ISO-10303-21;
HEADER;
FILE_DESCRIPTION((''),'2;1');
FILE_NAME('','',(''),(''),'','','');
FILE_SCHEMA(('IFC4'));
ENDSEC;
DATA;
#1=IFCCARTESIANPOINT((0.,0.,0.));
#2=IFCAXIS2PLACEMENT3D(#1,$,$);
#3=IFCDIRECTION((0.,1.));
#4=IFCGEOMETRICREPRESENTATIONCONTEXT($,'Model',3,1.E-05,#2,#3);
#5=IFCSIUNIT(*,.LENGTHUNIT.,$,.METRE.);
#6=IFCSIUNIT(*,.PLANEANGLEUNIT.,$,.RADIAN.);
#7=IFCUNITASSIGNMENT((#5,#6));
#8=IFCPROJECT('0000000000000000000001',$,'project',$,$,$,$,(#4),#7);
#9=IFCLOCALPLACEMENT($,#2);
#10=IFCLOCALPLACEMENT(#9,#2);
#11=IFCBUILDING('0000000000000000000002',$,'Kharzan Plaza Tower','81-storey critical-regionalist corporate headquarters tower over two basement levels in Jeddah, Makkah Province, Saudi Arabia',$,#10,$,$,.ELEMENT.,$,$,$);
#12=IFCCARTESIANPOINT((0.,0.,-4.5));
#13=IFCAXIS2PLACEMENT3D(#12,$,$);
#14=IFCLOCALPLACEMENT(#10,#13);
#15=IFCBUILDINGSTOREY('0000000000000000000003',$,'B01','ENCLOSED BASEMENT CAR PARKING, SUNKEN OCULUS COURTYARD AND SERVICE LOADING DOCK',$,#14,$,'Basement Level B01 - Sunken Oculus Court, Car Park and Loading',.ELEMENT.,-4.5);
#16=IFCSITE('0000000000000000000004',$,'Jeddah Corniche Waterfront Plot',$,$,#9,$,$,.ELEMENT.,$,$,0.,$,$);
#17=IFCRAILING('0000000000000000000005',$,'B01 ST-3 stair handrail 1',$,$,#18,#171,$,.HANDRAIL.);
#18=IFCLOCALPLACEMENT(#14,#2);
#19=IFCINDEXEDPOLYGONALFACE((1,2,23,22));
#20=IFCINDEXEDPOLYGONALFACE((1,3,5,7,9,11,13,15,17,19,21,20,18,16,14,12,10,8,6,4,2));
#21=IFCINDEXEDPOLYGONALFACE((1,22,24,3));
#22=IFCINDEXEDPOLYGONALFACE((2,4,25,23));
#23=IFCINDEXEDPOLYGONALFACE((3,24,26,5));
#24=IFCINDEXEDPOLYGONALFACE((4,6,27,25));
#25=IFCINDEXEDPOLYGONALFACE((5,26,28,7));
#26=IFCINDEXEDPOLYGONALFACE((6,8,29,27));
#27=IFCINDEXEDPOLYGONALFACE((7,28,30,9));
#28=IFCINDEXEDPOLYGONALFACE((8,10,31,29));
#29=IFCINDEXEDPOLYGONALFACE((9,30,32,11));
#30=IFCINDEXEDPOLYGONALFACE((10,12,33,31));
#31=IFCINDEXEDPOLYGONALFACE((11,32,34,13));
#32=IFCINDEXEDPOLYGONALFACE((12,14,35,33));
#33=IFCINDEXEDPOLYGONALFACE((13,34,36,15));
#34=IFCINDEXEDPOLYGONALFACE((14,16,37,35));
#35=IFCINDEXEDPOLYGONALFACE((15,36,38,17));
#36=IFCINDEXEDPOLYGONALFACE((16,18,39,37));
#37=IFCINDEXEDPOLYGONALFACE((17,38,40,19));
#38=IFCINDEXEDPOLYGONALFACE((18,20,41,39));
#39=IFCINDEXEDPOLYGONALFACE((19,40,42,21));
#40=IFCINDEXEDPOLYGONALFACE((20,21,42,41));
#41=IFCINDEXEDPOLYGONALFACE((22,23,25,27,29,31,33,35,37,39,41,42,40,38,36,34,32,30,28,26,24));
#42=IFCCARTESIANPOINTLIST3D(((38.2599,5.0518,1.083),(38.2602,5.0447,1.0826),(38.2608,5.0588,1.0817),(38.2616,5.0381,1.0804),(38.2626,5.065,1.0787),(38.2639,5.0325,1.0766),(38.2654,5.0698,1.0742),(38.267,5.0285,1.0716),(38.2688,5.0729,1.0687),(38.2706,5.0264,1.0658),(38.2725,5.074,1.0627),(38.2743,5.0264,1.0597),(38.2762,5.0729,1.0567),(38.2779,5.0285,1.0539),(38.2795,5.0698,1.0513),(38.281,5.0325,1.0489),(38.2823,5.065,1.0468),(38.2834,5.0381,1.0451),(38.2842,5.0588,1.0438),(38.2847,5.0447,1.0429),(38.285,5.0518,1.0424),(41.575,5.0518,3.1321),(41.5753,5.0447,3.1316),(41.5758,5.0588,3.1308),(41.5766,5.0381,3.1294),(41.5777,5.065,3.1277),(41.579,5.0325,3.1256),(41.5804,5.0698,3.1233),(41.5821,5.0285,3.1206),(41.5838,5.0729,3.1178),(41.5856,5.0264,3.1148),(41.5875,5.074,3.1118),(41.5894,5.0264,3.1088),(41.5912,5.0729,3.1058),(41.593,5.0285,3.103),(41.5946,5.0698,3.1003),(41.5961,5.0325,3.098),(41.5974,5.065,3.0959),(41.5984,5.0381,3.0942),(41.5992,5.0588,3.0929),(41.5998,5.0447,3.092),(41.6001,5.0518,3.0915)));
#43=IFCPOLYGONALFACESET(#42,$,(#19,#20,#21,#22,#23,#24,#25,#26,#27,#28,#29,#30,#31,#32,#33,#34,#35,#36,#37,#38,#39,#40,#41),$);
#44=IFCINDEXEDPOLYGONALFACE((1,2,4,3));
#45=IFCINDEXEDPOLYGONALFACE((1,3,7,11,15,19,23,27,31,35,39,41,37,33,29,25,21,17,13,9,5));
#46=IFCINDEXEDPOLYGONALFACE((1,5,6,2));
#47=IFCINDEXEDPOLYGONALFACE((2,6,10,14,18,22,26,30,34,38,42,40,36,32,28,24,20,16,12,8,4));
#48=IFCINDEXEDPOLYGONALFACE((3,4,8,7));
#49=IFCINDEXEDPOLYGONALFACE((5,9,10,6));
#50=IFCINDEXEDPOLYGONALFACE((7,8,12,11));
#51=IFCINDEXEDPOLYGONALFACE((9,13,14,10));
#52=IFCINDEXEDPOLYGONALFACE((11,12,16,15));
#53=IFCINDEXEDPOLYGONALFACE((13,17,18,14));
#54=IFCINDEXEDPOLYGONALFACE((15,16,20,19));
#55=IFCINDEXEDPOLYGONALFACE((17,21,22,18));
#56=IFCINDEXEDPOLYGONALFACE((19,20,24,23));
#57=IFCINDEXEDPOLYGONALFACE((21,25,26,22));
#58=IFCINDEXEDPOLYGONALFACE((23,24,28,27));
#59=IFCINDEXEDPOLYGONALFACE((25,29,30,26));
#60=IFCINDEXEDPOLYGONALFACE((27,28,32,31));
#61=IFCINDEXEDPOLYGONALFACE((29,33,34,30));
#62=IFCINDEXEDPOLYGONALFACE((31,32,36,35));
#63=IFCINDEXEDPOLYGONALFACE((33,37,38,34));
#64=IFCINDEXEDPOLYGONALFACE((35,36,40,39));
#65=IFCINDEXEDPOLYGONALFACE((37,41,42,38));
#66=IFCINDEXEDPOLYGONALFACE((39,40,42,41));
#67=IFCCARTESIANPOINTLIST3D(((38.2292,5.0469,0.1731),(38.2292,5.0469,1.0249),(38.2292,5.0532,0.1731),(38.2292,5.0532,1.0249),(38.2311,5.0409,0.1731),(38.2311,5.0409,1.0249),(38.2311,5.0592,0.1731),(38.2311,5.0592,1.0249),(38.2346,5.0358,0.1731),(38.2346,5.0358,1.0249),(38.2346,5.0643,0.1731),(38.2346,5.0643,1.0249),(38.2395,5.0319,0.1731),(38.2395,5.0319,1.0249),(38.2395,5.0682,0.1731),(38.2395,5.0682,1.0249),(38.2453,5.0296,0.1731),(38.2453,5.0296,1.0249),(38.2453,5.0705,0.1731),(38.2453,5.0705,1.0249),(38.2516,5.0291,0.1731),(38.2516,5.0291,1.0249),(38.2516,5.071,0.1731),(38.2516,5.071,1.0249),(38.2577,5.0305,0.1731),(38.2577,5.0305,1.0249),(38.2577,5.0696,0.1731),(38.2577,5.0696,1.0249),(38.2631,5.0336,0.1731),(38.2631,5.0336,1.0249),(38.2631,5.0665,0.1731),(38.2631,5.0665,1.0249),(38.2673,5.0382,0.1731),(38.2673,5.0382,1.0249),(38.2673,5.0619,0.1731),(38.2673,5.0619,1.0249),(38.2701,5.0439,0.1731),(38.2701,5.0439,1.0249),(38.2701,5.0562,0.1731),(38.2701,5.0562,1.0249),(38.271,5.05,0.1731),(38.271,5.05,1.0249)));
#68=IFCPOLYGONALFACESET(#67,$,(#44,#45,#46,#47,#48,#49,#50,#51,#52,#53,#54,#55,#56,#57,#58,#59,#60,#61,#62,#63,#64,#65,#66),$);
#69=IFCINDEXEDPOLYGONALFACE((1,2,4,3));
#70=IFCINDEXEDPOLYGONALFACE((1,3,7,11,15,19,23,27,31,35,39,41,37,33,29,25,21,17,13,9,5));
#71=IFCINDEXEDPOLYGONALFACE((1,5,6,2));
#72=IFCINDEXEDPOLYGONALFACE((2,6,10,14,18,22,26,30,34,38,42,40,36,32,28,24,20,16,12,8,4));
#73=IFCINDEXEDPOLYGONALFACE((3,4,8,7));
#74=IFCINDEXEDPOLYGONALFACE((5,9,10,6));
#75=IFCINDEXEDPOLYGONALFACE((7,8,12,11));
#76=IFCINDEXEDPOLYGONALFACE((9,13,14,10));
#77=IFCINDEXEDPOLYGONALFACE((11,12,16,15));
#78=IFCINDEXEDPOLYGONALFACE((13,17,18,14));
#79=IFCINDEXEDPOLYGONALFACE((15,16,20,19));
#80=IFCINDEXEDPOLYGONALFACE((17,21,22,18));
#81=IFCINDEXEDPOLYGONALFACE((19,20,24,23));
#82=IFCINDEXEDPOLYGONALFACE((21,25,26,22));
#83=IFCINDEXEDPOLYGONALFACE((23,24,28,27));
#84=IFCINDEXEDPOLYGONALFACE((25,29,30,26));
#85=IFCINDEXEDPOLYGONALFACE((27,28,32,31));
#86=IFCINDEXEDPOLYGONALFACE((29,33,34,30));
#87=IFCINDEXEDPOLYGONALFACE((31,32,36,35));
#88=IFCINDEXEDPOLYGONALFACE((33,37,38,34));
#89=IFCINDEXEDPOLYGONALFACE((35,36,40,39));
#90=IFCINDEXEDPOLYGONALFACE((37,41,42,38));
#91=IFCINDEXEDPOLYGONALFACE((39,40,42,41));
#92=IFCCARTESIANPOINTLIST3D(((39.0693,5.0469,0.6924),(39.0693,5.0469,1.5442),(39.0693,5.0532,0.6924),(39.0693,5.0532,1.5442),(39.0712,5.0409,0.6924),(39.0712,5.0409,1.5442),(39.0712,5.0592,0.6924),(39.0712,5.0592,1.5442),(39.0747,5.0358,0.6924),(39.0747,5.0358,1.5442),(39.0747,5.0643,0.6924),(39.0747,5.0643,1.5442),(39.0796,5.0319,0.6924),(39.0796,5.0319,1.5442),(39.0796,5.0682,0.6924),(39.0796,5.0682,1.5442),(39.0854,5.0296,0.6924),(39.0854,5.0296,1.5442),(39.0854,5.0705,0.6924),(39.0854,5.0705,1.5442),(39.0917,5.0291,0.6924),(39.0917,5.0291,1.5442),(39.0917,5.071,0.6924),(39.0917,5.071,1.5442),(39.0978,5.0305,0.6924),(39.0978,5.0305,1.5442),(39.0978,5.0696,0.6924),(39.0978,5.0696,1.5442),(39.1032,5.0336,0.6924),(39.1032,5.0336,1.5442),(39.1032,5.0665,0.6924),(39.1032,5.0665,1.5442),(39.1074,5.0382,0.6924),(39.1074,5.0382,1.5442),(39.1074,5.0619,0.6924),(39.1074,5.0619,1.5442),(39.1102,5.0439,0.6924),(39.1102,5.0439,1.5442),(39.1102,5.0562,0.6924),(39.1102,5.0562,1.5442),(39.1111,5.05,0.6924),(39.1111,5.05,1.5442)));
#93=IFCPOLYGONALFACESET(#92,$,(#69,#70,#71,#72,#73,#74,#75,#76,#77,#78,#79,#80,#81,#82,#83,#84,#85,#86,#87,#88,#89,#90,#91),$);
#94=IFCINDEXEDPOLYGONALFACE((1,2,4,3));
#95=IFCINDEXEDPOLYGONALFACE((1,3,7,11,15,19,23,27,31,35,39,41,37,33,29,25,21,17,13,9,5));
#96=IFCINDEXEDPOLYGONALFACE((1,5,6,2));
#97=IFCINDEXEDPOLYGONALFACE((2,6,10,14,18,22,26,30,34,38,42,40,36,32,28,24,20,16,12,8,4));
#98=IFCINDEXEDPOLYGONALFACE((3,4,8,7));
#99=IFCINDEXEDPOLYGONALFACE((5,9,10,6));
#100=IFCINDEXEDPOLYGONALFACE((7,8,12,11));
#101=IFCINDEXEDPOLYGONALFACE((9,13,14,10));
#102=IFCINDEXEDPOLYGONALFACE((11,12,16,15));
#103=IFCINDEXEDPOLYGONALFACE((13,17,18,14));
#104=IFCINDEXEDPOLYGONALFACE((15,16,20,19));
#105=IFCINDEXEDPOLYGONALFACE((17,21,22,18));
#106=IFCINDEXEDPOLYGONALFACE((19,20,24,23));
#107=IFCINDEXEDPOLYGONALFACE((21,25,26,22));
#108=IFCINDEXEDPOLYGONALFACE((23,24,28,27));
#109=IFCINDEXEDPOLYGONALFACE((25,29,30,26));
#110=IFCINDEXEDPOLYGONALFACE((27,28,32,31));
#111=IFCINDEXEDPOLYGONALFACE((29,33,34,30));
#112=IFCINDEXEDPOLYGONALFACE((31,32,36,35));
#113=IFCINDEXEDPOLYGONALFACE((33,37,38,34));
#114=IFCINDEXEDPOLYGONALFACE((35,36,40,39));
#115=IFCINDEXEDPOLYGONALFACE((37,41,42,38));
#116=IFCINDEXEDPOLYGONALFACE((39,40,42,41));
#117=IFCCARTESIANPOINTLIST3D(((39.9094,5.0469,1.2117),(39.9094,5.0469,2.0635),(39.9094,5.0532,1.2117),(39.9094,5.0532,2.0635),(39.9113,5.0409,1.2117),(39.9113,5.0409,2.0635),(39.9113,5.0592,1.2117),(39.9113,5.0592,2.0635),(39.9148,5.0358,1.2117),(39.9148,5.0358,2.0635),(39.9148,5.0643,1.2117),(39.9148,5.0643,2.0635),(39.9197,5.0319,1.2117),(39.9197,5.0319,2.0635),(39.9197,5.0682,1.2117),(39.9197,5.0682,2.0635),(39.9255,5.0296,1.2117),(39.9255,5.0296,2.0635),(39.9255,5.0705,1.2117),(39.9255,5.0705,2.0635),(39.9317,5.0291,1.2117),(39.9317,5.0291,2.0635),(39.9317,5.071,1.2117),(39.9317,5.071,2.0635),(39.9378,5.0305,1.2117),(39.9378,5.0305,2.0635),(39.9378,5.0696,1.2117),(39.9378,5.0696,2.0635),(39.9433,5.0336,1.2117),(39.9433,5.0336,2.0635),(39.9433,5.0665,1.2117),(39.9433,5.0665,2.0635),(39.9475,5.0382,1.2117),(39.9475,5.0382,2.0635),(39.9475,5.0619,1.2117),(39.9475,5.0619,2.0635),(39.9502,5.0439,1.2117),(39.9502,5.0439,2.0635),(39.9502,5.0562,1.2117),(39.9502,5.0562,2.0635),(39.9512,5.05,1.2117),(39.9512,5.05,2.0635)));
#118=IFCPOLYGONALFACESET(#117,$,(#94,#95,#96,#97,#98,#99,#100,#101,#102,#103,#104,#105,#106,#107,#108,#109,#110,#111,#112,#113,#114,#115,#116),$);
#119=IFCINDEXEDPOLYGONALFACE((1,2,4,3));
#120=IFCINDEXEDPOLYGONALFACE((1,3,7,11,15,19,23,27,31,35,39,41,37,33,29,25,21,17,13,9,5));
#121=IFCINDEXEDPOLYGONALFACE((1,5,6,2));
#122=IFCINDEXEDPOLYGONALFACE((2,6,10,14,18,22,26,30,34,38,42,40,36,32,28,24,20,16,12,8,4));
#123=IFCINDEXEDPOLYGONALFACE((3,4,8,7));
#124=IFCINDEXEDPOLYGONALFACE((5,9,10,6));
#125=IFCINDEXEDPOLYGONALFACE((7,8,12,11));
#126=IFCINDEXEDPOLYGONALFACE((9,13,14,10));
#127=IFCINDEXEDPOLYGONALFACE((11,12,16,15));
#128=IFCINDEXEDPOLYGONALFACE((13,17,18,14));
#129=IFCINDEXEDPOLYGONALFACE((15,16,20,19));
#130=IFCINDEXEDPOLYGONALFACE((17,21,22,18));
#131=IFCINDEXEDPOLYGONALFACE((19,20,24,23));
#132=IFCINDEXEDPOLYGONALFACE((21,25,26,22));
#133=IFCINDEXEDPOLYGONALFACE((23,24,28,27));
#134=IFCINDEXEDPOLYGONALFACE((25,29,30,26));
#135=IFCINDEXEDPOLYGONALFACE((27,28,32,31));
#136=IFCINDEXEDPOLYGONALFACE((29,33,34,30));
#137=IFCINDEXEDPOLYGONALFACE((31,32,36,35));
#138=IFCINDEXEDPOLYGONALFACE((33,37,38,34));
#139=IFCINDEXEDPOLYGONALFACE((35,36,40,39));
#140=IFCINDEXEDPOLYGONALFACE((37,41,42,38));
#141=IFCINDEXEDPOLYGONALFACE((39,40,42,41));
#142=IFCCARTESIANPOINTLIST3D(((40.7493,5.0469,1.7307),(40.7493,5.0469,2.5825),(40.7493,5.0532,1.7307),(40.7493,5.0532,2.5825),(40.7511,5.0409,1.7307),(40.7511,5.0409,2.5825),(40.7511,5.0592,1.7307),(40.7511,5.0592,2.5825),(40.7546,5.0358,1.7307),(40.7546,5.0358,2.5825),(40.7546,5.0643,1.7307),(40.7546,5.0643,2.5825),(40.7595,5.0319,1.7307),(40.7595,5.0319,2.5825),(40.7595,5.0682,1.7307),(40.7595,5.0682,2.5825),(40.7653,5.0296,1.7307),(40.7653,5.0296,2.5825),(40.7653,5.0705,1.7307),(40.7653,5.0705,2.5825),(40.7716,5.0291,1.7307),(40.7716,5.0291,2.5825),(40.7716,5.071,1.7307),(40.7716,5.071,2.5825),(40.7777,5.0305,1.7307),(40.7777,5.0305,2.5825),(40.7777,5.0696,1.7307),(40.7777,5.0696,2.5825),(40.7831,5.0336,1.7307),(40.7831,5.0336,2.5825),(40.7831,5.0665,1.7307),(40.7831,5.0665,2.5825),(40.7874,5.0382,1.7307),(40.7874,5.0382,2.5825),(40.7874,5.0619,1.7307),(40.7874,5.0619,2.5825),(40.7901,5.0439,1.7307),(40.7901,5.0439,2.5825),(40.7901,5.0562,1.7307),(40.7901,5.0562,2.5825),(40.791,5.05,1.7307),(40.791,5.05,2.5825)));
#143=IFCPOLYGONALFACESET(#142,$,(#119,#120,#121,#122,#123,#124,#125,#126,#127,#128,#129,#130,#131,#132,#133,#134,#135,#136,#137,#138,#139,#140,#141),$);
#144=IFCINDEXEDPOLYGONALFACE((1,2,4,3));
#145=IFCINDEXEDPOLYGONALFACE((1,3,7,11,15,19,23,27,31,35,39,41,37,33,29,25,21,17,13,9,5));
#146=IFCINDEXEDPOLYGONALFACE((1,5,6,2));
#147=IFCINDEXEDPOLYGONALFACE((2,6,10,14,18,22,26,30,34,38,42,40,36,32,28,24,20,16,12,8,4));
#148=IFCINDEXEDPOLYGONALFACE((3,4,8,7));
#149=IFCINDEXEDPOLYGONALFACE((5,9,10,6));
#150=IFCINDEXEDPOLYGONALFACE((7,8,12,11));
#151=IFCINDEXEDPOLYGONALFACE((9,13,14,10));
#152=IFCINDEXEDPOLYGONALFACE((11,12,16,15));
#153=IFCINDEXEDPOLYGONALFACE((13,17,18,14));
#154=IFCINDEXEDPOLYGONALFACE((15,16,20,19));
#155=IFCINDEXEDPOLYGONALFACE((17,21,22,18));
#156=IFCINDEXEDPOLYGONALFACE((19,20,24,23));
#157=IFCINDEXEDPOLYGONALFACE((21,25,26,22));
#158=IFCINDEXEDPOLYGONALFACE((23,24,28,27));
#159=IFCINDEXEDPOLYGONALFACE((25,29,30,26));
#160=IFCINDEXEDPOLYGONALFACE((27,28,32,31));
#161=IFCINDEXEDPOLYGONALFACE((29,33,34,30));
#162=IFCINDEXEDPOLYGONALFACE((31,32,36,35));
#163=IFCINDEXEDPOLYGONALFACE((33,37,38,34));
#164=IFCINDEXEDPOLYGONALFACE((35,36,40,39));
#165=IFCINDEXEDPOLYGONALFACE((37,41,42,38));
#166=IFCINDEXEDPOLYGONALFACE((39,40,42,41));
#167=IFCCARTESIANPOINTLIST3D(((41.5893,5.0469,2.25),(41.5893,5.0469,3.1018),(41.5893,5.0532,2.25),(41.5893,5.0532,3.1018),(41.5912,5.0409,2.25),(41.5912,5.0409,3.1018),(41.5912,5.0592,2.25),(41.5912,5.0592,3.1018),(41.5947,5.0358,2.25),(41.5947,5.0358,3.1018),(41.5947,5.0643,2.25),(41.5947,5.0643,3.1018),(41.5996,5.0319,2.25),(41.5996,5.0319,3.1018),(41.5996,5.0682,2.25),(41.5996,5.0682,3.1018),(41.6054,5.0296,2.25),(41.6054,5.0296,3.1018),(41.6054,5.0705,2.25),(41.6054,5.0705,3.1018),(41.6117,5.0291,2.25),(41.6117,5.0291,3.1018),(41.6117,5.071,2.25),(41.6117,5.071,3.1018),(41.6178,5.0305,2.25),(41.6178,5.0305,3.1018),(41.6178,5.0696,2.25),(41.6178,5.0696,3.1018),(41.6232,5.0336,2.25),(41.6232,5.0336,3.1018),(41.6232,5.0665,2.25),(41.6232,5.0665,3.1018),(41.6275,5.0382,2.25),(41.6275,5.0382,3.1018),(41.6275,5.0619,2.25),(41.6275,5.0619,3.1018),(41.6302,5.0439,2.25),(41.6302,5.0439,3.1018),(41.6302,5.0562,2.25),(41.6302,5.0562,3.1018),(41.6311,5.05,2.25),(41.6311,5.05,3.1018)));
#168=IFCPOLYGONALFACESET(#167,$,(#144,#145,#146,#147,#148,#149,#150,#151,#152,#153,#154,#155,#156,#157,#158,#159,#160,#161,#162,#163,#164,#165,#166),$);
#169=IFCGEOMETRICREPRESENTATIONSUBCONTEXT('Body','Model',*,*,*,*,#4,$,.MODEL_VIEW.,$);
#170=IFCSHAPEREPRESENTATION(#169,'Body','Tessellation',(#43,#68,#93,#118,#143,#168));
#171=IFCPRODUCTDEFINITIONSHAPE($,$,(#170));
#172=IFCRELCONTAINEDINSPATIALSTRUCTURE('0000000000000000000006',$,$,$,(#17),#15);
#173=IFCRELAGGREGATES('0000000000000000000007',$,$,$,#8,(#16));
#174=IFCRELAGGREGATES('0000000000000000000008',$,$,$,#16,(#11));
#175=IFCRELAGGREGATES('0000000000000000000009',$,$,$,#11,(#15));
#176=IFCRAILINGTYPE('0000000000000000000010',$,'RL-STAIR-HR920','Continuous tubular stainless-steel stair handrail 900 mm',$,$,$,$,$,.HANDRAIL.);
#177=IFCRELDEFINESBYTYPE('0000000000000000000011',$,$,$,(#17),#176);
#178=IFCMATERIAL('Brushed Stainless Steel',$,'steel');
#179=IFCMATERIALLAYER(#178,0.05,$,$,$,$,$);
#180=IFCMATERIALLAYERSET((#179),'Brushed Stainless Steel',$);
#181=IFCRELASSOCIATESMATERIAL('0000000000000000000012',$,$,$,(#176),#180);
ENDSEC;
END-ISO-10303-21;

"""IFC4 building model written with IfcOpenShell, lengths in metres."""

from ifc_helpers import new_model, si_unit, direction, frame, origin, origin_2d, place, context, subcontext, project, spatial, circle, extrude, source, transform, mapped, material, layer, layer_set, type_object, element, save


model = new_model("IFC4")

# Units and contexts
model_context = context("Model", 3, precision=1e-05, world=origin(), true_north=direction((0.0, 1.0)))
body_context = subcontext(model_context, "Body", "Model", "MODEL_VIEW")
ifc_project = project(units=[si_unit("LENGTHUNIT", "METRE"), si_unit("PLANEANGLEUNIT", "RADIAN")], contexts=[model_context])

# Site, building, storey
site_placement = place(None, origin())
site = spatial("IfcSite", under=ifc_project, at=site_placement, Name="Jeddah Corniche Waterfront Plot", CompositionType="ELEMENT", RefElevation=0.0)
building_placement = place(site_placement, origin())
building = spatial("IfcBuilding", under=site, at=building_placement, Name="Kharzan Plaza Tower", Description="81-storey critical-regionalist corporate headquarters tower over two basement levels in Jeddah, Makkah Province, Saudi Arabia", CompositionType="ELEMENT")
storey_placement = place(building_placement, frame((0.0, 0.0, -4.5)))
storey = spatial("IfcBuildingStorey", under=building, at=storey_placement, Name="B01", Description="ENCLOSED BASEMENT CAR PARKING, SUNKEN OCULUS COURTYARD AND SERVICE LOADING DOCK", LongName="Basement Level B01 - Sunken Oculus Court, Car Park and Loading", CompositionType="ELEMENT", Elevation=-4.5)

# Railing
ifc_material_1 = material(Name="Brushed Stainless Steel", Category="steel")
ifc_layer_1 = layer(ifc_material_1, 0.05)
ifc_layer_set_1 = layer_set([ifc_layer_1], Name="Brushed Stainless Steel")
railing_type_1 = type_object("IfcRailingType", Name="RL-STAIR-HR920", Description="Continuous tubular stainless-steel stair handrail 900 mm", PredefinedType="HANDRAIL", material=ifc_layer_set_1)
shared_shape_1 = source(origin(), body_context, "Body", "SweptSolid", [
    extrude(circle(Radius=0.0239, at=origin_2d()), frame((0.0225, 0.0, 0.8896), z_axis=(0.850623, 0.0, 0.525776), x_axis=(0.0, 1.0, 0.0)), (0.0, 0.0, 1.0), 3.8972),
    extrude(circle(Radius=0.021, at=origin_2d()), origin(), (0.0, 0.0, 1.0), 0.8518),
    extrude(circle(Radius=0.021, at=origin_2d()), frame((0.8401, 0.0, 0.5193)), (0.0, 0.0, 1.0), 0.8518),
    extrude(circle(Radius=0.021, at=origin_2d()), frame((1.6802, 0.0, 1.0386)), (0.0, 0.0, 1.0), 0.8518),
    extrude(circle(Radius=0.021, at=origin_2d()), frame((2.52, 0.0, 1.5576)), (0.0, 0.0, 1.0), 0.8518),
    extrude(circle(Radius=0.021, at=origin_2d()), frame((3.3601, 0.0, 2.0769)), (0.0, 0.0, 1.0), 0.8518),
])
railing_1_placement = place(storey_placement, frame((38.25, 5.05, 0.1731)))
element("IfcRailing", 1, at=railing_1_placement, inside=storey, type_object=railing_type_1, Name="B01 ST-3 stair handrail 1", PredefinedType="HANDRAIL", context=body_context, shape_type="MappedRepresentation", body=[
    mapped(shared_shape_1, transform((0.0, 0.0, 0.0), x_axis=(1.0, 0.0, 0.0), y_axis=(0.0, 1.0, 0.0), z_axis=(0.0, 0.0, 1.0))),
])

save(model, "model.ifc")
